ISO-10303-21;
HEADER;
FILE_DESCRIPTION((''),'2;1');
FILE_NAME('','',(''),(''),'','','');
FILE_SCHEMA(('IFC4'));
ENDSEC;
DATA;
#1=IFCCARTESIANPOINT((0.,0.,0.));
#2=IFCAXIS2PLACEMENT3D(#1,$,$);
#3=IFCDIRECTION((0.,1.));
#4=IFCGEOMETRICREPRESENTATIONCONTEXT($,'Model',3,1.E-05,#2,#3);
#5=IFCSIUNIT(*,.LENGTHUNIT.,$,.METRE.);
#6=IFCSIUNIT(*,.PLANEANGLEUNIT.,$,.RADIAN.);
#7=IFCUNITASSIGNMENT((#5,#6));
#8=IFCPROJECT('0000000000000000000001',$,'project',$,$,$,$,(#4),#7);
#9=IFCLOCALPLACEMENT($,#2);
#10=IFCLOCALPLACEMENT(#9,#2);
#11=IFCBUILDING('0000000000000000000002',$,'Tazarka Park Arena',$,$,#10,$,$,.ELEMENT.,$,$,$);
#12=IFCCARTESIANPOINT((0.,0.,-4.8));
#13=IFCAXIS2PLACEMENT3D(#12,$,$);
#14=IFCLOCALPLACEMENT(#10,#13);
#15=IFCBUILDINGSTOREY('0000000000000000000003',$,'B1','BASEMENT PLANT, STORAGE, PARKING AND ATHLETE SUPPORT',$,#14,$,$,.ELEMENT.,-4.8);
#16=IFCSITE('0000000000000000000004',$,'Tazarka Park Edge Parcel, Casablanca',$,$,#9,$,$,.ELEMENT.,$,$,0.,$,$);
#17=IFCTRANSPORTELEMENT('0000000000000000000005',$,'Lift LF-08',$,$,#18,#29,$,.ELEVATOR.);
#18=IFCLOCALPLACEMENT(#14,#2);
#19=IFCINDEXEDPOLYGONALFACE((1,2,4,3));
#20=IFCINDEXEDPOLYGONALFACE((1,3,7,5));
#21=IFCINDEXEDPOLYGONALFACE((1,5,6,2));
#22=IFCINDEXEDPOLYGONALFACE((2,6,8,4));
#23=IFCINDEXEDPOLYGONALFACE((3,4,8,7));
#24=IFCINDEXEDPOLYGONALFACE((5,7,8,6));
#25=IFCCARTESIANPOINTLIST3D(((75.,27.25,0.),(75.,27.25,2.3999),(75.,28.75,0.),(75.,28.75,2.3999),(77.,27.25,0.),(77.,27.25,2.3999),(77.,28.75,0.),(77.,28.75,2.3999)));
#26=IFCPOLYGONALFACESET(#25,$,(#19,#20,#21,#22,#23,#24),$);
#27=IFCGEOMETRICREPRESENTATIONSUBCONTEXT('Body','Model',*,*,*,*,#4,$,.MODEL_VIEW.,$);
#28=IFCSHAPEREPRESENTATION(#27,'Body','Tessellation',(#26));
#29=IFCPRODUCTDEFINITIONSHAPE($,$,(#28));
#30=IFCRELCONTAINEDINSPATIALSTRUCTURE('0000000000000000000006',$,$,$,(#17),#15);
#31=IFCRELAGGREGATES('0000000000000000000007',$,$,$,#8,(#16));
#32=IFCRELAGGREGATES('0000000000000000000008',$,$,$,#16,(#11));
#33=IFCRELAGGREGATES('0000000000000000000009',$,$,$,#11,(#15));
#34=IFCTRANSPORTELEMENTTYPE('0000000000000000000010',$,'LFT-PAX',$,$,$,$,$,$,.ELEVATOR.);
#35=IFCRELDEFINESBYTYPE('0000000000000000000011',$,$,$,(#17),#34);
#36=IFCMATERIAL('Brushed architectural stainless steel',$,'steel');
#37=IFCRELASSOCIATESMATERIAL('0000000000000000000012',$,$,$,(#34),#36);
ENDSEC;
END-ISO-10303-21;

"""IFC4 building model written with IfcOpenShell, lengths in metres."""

from ifc_helpers import new_model, si_unit, direction, frame, origin, origin_2d, place, context, subcontext, project, spatial, rectangle, extrude, material, type_object, element, save


model = new_model("IFC4")

# Units and contexts
model_context = context("Model", 3, precision=1e-05, world=origin(), true_north=direction((0.0, 1.0)))
body_context = subcontext(model_context, "Body", "Model", "MODEL_VIEW")
ifc_project = project(units=[si_unit("LENGTHUNIT", "METRE"), si_unit("PLANEANGLEUNIT", "RADIAN")], contexts=[model_context])

# Site, building, storey
site_placement = place(None, origin())
site = spatial("IfcSite", under=ifc_project, at=site_placement, Name="Tazarka Park Edge Parcel, Casablanca", CompositionType="ELEMENT", RefElevation=0.0)
building_placement = place(site_placement, origin())
building = spatial("IfcBuilding", under=site, at=building_placement, Name="Tazarka Park Arena", CompositionType="ELEMENT")
storey_placement = place(building_placement, frame((0.0, 0.0, -4.8)))
storey = spatial("IfcBuildingStorey", under=building, at=storey_placement, Name="B1", Description="BASEMENT PLANT, STORAGE, PARKING AND ATHLETE SUPPORT", CompositionType="ELEMENT", Elevation=-4.8)

# Transport element
ifc_material_1 = material(Name="Brushed architectural stainless steel", Category="steel")
transport_element_type = type_object("IfcTransportElementType", Name="LFT-PAX", PredefinedType="ELEVATOR", material=ifc_material_1)
transport_element_placement = place(storey_placement, frame((76.0, 28.0, 0.0), z_axis=(0.0, 0.0, 1.0), x_axis=(1.0, 0.0, 0.0)))
element("IfcTransportElement", 1, at=transport_element_placement, inside=storey, type_object=transport_element_type, Name="Lift LF-08", PredefinedType="ELEVATOR", context=body_context, shape_type="SweptSolid", body=[
    extrude(rectangle(XDim=2.0, YDim=1.5, at=origin_2d()), origin(), (0.0, 0.0, 1.0), 2.3999),
])

save(model, "model.ifc")
